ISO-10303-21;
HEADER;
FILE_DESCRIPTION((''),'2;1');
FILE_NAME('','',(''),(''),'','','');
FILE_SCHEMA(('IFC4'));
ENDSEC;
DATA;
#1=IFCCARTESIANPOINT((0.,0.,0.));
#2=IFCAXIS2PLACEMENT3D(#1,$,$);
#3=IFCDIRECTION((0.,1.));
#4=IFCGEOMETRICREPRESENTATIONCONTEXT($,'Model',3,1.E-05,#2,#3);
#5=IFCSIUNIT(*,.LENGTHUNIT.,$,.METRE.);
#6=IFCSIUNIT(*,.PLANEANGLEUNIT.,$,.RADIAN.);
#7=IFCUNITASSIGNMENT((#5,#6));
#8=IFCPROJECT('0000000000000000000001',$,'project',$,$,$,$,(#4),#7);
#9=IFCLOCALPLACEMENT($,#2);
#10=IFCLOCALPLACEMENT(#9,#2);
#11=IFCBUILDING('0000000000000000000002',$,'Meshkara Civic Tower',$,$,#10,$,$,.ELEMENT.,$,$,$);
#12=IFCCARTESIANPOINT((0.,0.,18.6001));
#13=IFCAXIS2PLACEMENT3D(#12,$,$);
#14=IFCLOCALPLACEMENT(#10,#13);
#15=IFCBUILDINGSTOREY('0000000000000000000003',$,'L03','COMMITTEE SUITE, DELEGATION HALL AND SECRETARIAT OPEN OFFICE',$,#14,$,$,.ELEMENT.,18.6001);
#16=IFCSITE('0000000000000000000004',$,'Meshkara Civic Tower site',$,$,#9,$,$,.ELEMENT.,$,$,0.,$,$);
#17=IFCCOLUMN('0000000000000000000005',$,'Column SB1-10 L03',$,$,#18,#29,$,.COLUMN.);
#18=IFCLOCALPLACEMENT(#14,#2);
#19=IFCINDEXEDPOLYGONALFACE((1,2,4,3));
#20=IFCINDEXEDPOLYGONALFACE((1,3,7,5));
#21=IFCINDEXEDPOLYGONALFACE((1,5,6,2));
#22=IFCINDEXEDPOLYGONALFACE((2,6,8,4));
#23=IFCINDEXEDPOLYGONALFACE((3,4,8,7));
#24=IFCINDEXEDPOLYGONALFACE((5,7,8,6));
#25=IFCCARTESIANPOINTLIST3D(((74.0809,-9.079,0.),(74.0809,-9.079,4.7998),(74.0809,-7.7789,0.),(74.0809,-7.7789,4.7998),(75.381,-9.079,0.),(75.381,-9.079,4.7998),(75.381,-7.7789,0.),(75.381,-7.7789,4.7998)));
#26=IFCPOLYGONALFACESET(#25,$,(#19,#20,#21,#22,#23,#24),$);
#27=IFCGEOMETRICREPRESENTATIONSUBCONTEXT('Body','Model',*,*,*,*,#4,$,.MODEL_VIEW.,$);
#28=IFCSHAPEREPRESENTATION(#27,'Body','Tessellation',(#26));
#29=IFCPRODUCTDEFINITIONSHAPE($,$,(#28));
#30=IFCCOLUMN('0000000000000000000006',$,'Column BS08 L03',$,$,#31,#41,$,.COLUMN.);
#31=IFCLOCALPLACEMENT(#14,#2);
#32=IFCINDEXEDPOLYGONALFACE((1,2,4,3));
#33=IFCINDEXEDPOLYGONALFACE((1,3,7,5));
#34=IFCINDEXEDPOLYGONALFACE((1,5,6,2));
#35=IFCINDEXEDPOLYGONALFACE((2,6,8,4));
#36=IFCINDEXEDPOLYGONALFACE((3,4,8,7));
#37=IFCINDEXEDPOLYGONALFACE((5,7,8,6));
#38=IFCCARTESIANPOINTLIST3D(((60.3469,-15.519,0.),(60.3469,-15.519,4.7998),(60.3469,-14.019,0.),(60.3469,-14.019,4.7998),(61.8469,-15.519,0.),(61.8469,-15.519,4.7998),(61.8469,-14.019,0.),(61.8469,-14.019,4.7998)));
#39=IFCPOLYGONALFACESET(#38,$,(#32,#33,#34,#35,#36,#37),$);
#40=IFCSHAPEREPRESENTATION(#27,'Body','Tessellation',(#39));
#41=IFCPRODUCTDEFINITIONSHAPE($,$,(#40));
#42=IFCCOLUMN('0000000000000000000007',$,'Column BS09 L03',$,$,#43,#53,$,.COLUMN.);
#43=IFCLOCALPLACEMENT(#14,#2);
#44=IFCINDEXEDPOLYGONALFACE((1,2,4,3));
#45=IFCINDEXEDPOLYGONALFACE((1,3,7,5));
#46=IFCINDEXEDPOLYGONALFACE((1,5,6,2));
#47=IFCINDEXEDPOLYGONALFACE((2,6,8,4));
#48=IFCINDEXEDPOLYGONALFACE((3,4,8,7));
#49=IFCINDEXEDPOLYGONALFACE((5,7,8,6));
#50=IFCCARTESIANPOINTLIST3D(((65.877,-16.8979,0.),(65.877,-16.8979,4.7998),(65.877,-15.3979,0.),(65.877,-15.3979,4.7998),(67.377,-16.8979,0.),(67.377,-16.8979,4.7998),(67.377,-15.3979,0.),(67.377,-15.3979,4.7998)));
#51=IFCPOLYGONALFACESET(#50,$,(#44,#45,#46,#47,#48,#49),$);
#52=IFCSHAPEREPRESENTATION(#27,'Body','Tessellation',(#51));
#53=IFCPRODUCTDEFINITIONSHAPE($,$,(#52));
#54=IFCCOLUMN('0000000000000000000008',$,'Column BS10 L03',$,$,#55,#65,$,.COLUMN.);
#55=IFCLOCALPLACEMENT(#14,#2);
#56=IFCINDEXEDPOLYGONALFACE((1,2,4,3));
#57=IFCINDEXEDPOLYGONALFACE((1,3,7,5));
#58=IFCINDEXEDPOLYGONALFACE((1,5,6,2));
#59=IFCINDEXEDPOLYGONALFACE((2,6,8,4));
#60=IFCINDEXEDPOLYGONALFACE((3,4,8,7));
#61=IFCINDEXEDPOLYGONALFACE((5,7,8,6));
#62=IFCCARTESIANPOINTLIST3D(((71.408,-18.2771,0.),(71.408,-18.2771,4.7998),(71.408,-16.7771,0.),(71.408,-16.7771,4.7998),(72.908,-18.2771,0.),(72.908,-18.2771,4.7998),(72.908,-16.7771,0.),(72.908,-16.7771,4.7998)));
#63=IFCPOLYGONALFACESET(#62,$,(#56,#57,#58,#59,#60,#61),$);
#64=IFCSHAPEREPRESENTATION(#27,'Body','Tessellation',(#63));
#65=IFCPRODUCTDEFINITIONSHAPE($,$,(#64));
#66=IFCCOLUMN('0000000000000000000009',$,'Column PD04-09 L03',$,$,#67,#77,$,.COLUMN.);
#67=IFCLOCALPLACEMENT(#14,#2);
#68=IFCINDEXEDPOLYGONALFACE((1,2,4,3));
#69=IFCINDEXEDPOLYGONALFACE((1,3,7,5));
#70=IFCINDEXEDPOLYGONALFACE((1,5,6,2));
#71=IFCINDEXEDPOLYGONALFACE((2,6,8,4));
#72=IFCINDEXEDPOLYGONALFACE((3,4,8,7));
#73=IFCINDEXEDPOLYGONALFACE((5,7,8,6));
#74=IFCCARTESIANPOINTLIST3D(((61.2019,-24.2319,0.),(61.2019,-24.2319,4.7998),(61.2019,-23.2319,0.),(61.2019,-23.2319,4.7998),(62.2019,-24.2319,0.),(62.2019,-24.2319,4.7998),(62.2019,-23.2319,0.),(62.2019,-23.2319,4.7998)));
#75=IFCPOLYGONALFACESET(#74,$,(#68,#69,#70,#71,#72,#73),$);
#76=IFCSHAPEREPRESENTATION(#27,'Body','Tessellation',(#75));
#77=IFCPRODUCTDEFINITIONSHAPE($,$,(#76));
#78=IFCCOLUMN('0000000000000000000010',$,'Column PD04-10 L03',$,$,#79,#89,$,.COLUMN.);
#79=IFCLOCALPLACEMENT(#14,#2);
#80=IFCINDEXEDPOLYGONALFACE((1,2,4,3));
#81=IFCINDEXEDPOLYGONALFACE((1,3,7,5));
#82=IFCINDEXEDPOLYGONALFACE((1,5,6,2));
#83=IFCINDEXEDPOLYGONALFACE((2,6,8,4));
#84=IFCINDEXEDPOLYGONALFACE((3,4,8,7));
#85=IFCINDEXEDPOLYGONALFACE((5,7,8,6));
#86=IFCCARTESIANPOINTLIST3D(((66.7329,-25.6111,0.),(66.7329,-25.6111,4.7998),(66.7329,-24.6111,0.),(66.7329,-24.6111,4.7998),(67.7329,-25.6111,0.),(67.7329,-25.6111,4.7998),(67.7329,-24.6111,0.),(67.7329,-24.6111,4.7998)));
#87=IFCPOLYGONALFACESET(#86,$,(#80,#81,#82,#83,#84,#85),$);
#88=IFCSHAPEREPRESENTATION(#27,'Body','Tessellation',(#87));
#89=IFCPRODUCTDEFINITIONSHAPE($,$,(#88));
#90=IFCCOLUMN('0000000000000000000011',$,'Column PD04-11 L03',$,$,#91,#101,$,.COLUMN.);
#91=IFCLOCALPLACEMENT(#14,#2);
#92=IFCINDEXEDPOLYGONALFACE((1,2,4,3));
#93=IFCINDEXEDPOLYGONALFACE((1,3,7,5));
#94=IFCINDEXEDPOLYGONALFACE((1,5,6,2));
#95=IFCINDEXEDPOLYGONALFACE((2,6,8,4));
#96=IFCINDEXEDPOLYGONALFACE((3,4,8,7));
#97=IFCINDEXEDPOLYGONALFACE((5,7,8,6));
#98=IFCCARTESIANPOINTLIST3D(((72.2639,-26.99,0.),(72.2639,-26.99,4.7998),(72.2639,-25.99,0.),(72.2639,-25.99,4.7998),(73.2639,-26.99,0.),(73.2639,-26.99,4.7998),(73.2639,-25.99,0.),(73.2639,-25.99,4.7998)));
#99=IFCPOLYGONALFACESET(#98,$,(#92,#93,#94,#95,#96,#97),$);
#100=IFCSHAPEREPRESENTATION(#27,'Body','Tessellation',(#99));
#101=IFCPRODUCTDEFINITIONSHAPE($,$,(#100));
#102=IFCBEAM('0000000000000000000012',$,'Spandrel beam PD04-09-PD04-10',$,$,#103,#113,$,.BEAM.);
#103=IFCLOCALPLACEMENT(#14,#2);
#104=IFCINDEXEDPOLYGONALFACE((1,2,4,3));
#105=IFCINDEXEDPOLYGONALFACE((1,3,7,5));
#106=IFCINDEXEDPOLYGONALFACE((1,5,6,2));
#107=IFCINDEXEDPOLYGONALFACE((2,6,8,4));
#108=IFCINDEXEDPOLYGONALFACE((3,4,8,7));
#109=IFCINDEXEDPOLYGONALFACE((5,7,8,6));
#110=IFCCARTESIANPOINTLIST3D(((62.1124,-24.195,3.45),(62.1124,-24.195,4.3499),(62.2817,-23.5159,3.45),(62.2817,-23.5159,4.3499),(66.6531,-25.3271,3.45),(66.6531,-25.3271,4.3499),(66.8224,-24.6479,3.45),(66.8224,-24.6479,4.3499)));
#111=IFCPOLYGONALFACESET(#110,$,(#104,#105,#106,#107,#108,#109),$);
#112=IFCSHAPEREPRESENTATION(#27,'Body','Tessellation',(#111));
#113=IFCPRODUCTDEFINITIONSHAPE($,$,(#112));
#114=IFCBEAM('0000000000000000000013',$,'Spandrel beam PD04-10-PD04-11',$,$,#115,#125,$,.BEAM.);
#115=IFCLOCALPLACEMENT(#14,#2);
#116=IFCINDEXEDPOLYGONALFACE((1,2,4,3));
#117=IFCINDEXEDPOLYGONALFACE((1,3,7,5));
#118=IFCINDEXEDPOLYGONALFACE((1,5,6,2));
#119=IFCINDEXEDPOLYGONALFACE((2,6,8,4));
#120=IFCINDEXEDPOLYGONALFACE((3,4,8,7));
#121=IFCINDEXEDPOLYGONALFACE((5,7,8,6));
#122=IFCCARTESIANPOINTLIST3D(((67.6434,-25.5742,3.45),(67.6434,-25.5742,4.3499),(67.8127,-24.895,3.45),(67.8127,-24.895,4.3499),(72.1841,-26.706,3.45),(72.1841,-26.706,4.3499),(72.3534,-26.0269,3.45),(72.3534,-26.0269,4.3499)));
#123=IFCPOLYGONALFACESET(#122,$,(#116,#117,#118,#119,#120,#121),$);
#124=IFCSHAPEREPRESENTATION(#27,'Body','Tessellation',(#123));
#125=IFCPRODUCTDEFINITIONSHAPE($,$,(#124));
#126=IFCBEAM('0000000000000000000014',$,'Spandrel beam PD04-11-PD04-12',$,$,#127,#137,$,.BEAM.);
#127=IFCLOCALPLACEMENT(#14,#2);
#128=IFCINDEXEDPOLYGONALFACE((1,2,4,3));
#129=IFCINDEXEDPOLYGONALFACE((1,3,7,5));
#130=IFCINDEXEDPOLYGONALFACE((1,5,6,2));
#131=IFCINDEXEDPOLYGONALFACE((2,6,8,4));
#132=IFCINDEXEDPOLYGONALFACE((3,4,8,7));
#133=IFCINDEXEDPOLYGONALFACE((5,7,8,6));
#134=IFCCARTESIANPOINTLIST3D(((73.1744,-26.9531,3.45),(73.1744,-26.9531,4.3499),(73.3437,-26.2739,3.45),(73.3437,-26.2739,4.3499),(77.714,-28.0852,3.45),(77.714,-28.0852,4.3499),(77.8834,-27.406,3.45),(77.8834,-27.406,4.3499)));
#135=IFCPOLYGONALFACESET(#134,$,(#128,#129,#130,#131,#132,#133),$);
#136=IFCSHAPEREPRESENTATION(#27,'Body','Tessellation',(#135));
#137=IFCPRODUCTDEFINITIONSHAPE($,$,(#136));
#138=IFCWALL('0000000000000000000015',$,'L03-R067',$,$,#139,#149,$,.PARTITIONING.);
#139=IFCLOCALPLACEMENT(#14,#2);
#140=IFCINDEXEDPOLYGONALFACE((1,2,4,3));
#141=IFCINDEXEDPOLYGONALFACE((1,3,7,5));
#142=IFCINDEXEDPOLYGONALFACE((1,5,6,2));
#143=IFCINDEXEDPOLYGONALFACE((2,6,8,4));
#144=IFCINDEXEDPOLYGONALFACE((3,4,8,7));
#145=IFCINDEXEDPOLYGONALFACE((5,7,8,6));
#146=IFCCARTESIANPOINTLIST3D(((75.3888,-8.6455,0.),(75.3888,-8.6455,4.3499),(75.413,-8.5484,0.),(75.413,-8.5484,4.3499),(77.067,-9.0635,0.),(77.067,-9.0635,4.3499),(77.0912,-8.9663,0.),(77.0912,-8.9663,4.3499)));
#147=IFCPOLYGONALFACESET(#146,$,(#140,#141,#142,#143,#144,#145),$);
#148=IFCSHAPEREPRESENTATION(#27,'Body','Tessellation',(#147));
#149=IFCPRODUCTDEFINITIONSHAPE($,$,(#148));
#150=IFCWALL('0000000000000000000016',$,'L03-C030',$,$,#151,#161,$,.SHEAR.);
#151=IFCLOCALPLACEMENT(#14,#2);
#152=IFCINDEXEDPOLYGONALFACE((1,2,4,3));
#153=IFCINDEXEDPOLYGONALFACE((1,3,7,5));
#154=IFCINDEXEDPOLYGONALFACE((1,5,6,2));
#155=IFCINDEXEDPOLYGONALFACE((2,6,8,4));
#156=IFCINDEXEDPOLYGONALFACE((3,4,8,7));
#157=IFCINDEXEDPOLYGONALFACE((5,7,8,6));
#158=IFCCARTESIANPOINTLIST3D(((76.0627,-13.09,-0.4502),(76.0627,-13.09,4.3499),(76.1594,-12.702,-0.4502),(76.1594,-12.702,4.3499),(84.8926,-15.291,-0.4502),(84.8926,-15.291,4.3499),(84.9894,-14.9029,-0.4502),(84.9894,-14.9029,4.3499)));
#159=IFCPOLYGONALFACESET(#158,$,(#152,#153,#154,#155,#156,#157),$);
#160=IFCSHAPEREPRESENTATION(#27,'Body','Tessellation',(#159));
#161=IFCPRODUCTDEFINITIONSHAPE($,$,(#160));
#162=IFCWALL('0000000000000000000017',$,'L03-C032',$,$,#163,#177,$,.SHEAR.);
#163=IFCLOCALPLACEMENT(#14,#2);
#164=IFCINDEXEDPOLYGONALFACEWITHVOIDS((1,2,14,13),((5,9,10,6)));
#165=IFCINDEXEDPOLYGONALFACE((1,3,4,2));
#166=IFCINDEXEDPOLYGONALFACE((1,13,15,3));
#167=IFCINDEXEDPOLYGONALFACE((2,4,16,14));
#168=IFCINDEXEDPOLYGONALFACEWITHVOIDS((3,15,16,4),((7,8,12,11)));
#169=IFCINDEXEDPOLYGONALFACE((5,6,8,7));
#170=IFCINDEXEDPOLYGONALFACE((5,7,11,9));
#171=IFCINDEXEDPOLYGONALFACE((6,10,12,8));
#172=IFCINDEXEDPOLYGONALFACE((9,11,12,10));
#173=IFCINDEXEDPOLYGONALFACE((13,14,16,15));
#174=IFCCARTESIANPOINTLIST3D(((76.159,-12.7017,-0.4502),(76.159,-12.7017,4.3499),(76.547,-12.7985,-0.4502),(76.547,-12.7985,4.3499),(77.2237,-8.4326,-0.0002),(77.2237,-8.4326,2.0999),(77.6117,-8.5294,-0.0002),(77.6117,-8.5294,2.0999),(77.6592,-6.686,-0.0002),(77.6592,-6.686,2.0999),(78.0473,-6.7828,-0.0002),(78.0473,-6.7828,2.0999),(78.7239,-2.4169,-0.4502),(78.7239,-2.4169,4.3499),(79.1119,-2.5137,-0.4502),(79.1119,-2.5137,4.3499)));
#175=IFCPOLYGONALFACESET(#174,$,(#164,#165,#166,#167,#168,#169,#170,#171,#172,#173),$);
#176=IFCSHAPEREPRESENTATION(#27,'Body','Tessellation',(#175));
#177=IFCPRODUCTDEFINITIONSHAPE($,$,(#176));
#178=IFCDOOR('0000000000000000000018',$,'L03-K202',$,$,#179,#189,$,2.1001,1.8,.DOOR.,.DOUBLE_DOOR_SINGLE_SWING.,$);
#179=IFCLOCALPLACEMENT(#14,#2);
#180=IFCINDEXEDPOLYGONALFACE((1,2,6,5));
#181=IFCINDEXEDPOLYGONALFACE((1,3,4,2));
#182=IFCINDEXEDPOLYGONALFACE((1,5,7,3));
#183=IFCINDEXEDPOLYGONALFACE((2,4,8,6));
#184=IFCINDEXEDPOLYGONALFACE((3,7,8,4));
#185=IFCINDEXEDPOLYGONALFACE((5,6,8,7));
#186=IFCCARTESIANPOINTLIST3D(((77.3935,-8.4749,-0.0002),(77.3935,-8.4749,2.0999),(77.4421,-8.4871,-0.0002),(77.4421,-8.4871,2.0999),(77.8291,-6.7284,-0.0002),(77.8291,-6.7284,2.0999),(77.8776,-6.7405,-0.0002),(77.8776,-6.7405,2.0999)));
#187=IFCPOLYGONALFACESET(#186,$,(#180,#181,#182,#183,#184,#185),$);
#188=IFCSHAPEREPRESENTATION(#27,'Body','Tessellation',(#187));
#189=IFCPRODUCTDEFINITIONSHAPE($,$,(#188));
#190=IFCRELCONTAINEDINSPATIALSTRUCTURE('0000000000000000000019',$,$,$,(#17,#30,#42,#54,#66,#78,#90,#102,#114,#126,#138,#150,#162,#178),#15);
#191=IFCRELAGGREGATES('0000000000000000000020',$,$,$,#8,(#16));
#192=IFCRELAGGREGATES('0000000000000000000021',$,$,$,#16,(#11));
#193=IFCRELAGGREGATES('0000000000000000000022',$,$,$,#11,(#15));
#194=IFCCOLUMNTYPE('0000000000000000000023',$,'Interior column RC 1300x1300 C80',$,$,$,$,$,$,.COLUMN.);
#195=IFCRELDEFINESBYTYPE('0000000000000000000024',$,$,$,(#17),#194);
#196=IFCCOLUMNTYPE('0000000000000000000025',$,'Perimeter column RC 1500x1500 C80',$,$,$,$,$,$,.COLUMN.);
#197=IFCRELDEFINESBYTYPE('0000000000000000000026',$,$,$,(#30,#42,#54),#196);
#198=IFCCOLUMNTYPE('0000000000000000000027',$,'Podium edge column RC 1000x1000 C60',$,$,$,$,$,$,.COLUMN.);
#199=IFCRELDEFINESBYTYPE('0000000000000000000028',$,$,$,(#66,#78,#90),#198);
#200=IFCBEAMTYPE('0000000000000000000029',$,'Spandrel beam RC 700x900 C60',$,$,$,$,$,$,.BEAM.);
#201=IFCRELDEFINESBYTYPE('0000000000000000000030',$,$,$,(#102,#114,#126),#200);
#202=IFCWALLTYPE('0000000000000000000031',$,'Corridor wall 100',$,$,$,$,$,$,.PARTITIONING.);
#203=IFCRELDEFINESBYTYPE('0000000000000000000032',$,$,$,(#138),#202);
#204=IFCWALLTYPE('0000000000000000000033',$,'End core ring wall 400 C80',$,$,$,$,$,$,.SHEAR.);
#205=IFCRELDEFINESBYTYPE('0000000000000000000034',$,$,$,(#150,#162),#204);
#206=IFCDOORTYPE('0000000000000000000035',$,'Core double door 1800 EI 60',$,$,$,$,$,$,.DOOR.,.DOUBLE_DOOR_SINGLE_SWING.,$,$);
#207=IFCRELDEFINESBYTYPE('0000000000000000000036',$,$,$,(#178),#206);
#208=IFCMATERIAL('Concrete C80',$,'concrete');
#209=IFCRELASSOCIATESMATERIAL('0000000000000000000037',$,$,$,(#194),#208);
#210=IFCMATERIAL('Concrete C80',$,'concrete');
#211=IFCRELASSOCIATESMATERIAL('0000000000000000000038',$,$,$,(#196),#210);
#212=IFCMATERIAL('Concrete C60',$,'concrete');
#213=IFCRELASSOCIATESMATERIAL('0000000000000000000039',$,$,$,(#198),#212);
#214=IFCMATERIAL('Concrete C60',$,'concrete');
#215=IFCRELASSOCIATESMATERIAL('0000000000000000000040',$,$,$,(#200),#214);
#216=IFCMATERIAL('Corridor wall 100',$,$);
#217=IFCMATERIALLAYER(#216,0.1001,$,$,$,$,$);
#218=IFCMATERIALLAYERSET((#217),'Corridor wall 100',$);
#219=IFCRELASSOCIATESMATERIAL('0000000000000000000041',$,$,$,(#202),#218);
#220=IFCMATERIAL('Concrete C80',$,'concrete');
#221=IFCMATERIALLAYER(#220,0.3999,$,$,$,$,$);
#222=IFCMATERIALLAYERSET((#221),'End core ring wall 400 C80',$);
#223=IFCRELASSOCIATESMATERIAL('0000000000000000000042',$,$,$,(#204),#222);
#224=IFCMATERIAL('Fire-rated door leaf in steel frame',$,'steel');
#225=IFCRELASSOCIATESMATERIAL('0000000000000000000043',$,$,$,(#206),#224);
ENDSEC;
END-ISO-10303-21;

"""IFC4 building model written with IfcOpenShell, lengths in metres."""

from ifc_helpers import new_model, si_unit, direction, frame, frame_2d, origin, origin_2d, place, context, subcontext, project, spatial, rectangle, extrude, material, layer, layer_set, material_profile, profile_set, type_object, element, fill, save


model = new_model("IFC4")

# Units and contexts
model_context = context("Model", 3, precision=1e-05, world=origin(), true_north=direction((0.0, 1.0)))
body_context = subcontext(model_context, "Body", "Model", "MODEL_VIEW")
ifc_project = project(units=[si_unit("LENGTHUNIT", "METRE"), si_unit("PLANEANGLEUNIT", "RADIAN")], contexts=[model_context])

# Site, building, storey
site_placement = place(None, origin())
site = spatial("IfcSite", under=ifc_project, at=site_placement, Name="Meshkara Civic Tower site", CompositionType="ELEMENT", RefElevation=0.0)
building_placement = place(site_placement, origin())
building = spatial("IfcBuilding", under=site, at=building_placement, Name="Meshkara Civic Tower", CompositionType="ELEMENT")
storey_placement = place(building_placement, frame((0.0, 0.0, 18.6001)))
storey = spatial("IfcBuildingStorey", under=building, at=storey_placement, Name="L03", Description="COMMITTEE SUITE, DELEGATION HALL AND SECRETARIAT OPEN OFFICE", CompositionType="ELEMENT", Elevation=18.6001)

# Columns
ifc_material_1 = material(Name="Concrete C80", Category="concrete")
ifc_material_profile_1 = material_profile(ifc_material_1, rectangle(XDim=1.3, YDim=1.3, at=origin_2d()))
ifc_profile_set_1 = profile_set([ifc_material_profile_1], Name="Concrete C80")
column_type_1 = type_object("IfcColumnType", Name="Interior column RC 1300x1300 C80", PredefinedType="COLUMN", material=ifc_profile_set_1)
column_placement = place(storey_placement, frame((74.731, -8.429, 0.0), z_axis=(0.0, 0.0, 1.0), x_axis=(1.0, 0.0, 0.0)))
element("IfcColumn", 1, at=column_placement, inside=storey, type_object=column_type_1, Name="Column SB1-10 L03", PredefinedType="COLUMN", context=body_context, shape_type="SweptSolid", body=[
    extrude(rectangle(XDim=1.3, YDim=1.3, at=origin_2d()), origin(), (0.0, 0.0, 1.0), 4.7998),
])
ifc_material_2 = material(Name="Concrete C80", Category="concrete")
ifc_material_profile_2 = material_profile(ifc_material_2, rectangle(XDim=1.5, YDim=1.5, at=origin_2d()))
ifc_profile_set_2 = profile_set([ifc_material_profile_2], Name="Concrete C80")
column_type_2 = type_object("IfcColumnType", Name="Perimeter column RC 1500x1500 C80", PredefinedType="COLUMN", material=ifc_profile_set_2)
for number, where, z_axis, x_axis, name in (
    (2, (61.0969, -14.769, 0.0), (0.0, 0.0, 1.0), (1.0, 0.0, 0.0), "Column BS08 L03"),
    (3, (66.627, -16.1479, 0.0), (0.0, 0.0, 1.0), (1.0, 0.0, 0.0), "Column BS09 L03"),
    (4, (72.158, -17.5271, 0.0), (0.0, 0.0, 1.0), (1.0, 0.0, 0.0), "Column BS10 L03"),
):
    element("IfcColumn", number, at=place(storey_placement, frame(where, z_axis=z_axis, x_axis=x_axis)), inside=storey, type_object=column_type_2, Name=name, PredefinedType="COLUMN", context=body_context, shape_type="SweptSolid", body=[
        extrude(rectangle(XDim=1.5, YDim=1.5, at=origin_2d()), origin(), (0.0, 0.0, 1.0), 4.7998),
    ])
ifc_material_3 = material(Name="Concrete C60", Category="concrete")
ifc_material_profile_3 = material_profile(ifc_material_3, rectangle(XDim=1.0, YDim=1.0, at=origin_2d()))
ifc_profile_set_3 = profile_set([ifc_material_profile_3], Name="Concrete C60")
column_type_3 = type_object("IfcColumnType", Name="Podium edge column RC 1000x1000 C60", PredefinedType="COLUMN", material=ifc_profile_set_3)
for number, where, z_axis, x_axis, name in (
    (5, (61.7019, -23.7319, 0.0), (0.0, 0.0, 1.0), (1.0, 0.0, 0.0), "Column PD04-09 L03"),
    (6, (67.2329, -25.1111, 0.0), (0.0, 0.0, 1.0), (1.0, 0.0, 0.0), "Column PD04-10 L03"),
    (7, (72.7639, -26.49, 0.0), (0.0, 0.0, 1.0), (1.0, 0.0, 0.0), "Column PD04-11 L03"),
):
    element("IfcColumn", number, at=place(storey_placement, frame(where, z_axis=z_axis, x_axis=x_axis)), inside=storey, type_object=column_type_3, Name=name, PredefinedType="COLUMN", context=body_context, shape_type="SweptSolid", body=[
        extrude(rectangle(XDim=1.0, YDim=1.0, at=origin_2d()), origin(), (0.0, 0.0, 1.0), 4.7998),
    ])

# Beams
ifc_material_4 = material(Name="Concrete C60", Category="concrete")
ifc_material_profile_4 = material_profile(ifc_material_4, rectangle(XDim=0.7, YDim=0.8999, at=origin_2d()))
ifc_profile_set_4 = profile_set([ifc_material_profile_4], Name="Concrete C60")
beam_type = type_object("IfcBeamType", Name="Spandrel beam RC 700x900 C60", PredefinedType="BEAM", material=ifc_profile_set_4)
for number, where, z_axis, x_axis, name in (
    (8, (62.197, -23.8555, 3.8999), (0.970299, -0.24191, 0.0), (0.24191, 0.970299, 0.0), "Spandrel beam PD04-09-PD04-10"),
    (9, (67.728, -25.2346, 3.8999), (0.970311, -0.24186, 0.0), (0.24186, 0.970311, 0.0), "Spandrel beam PD04-10-PD04-11"),
):
    element("IfcBeam", number, at=place(storey_placement, frame(where, z_axis=z_axis, x_axis=x_axis)), inside=storey, type_object=beam_type, Name=name, PredefinedType="BEAM", context=body_context, shape_type="SweptSolid", body=[
        extrude(rectangle(XDim=0.7, YDim=0.8999, at=origin_2d()), origin(), (0.0, 0.0, 1.0), 4.6797),
    ])
beam_placement = place(storey_placement, frame((73.259, -26.6135, 3.8999), z_axis=(0.970287, -0.241959, 0.0), x_axis=(0.241959, 0.970287, 0.0)))
element("IfcBeam", 10, at=beam_placement, inside=storey, type_object=beam_type, Name="Spandrel beam PD04-11-PD04-12", PredefinedType="BEAM", context=body_context, shape_type="SweptSolid", body=[
    extrude(rectangle(XDim=0.7, YDim=0.8999, at=origin_2d()), origin(), (0.0, 0.0, 1.0), 4.6787),
])

# Walls
ifc_material_5 = material(Name="Corridor wall 100")
ifc_layer_1 = layer(ifc_material_5, 0.1001)
ifc_layer_set_1 = layer_set([ifc_layer_1], Name="Corridor wall 100")
wall_type_1 = type_object("IfcWallType", Name="Corridor wall 100", PredefinedType="PARTITIONING", material=ifc_layer_set_1)
wall_1_placement = place(storey_placement, frame((75.4009, -8.5969, 0.0), z_axis=(0.0, 0.0, 1.0), x_axis=(0.970358, -0.241672, 0.0)))
element("IfcWall", 11, at=wall_1_placement, inside=storey, type_object=wall_type_1, Name="L03-R067", PredefinedType="PARTITIONING", context=body_context, shape_type="SweptSolid", body=[
    extrude(rectangle(XDim=1.7295, YDim=0.1001, at=frame_2d((0.8647, 0.0))), origin(), (0.0, 0.0, 1.0), 4.3499),
])
ifc_material_6 = material(Name="Concrete C80", Category="concrete")
ifc_layer_2 = layer(ifc_material_6, 0.3999)
ifc_layer_set_2 = layer_set([ifc_layer_2], Name="End core ring wall 400 C80")
wall_type_2 = type_object("IfcWallType", Name="End core ring wall 400 C80", PredefinedType="SHEAR", material=ifc_layer_set_2)
wall_2_placement = place(storey_placement, frame((76.1111, -12.896, -0.4502), z_axis=(0.0, 0.0, 1.0), x_axis=(0.970311, -0.24186, 0.0)))
element("IfcWall", 12, at=wall_2_placement, inside=storey, type_object=wall_type_2, Name="L03-C030", PredefinedType="SHEAR", context=body_context, shape_type="SweptSolid", body=[
    extrude(rectangle(XDim=9.1001, YDim=0.3999, at=frame_2d((4.55, 0.0))), origin(), (0.0, 0.0, 1.0), 4.8),
])

# Wall, opening, door
wall_3_placement = place(storey_placement, frame((76.353, -12.75, -0.4502), z_axis=(0.0, 0.0, 1.0), x_axis=(0.241977, 0.970282, 0.0)))
wall_3 = element("IfcWall", 13, at=wall_3_placement, inside=storey, type_object=wall_type_2, Name="L03-C032", PredefinedType="SHEAR", context=body_context, shape_type="SweptSolid", body=[
    extrude(rectangle(XDim=10.5999, YDim=0.3999, at=frame_2d((5.2998, 0.0))), origin(), (0.0, 0.0, 1.0), 4.8),
])
opening_1_placement = place(wall_3_placement, frame((4.3999, 0.0, 0.45)))
opening_1 = element("IfcOpeningElement", 14, at=opening_1_placement, cuts=wall_3, PredefinedType="OPENING", context=body_context, shape_type="SweptSolid", body=[
    extrude(rectangle(XDim=1.8, YDim=2.1001, at=frame_2d((0.8999, 1.05))), frame((0.0, 0.21, 0.0), z_axis=(0.0, -1.0, 0.0), x_axis=(1.0, 0.0, 0.0)), (0.0, 0.0, 1.0), 0.4199),
])
ifc_material_7 = material(Name="Fire-rated door leaf in steel frame", Category="steel")
door_type = type_object("IfcDoorType", Name="Core double door 1800 EI 60", OperationType="DOUBLE_DOOR_SINGLE_SWING", PredefinedType="DOOR", material=ifc_material_7)
door_placement = place(opening_1_placement, origin())
door = element("IfcDoor", 15, at=door_placement, inside=storey, type_object=door_type, Name="L03-K202", OperationType="DOUBLE_DOOR_SINGLE_SWING", OverallHeight=2.1001, OverallWidth=1.8, PredefinedType="DOOR", context=body_context, shape_type="SweptSolid", body=[
    extrude(rectangle(XDim=1.8, YDim=2.1001, at=frame_2d((0.8999, 1.05))), frame((0.0, 0.0249, 0.0), z_axis=(0.0, -1.0, 0.0), x_axis=(1.0, 0.0, 0.0)), (0.0, 0.0, 1.0), 0.05),
])
fill(opening_1, door)

save(model, "model.ifc")
